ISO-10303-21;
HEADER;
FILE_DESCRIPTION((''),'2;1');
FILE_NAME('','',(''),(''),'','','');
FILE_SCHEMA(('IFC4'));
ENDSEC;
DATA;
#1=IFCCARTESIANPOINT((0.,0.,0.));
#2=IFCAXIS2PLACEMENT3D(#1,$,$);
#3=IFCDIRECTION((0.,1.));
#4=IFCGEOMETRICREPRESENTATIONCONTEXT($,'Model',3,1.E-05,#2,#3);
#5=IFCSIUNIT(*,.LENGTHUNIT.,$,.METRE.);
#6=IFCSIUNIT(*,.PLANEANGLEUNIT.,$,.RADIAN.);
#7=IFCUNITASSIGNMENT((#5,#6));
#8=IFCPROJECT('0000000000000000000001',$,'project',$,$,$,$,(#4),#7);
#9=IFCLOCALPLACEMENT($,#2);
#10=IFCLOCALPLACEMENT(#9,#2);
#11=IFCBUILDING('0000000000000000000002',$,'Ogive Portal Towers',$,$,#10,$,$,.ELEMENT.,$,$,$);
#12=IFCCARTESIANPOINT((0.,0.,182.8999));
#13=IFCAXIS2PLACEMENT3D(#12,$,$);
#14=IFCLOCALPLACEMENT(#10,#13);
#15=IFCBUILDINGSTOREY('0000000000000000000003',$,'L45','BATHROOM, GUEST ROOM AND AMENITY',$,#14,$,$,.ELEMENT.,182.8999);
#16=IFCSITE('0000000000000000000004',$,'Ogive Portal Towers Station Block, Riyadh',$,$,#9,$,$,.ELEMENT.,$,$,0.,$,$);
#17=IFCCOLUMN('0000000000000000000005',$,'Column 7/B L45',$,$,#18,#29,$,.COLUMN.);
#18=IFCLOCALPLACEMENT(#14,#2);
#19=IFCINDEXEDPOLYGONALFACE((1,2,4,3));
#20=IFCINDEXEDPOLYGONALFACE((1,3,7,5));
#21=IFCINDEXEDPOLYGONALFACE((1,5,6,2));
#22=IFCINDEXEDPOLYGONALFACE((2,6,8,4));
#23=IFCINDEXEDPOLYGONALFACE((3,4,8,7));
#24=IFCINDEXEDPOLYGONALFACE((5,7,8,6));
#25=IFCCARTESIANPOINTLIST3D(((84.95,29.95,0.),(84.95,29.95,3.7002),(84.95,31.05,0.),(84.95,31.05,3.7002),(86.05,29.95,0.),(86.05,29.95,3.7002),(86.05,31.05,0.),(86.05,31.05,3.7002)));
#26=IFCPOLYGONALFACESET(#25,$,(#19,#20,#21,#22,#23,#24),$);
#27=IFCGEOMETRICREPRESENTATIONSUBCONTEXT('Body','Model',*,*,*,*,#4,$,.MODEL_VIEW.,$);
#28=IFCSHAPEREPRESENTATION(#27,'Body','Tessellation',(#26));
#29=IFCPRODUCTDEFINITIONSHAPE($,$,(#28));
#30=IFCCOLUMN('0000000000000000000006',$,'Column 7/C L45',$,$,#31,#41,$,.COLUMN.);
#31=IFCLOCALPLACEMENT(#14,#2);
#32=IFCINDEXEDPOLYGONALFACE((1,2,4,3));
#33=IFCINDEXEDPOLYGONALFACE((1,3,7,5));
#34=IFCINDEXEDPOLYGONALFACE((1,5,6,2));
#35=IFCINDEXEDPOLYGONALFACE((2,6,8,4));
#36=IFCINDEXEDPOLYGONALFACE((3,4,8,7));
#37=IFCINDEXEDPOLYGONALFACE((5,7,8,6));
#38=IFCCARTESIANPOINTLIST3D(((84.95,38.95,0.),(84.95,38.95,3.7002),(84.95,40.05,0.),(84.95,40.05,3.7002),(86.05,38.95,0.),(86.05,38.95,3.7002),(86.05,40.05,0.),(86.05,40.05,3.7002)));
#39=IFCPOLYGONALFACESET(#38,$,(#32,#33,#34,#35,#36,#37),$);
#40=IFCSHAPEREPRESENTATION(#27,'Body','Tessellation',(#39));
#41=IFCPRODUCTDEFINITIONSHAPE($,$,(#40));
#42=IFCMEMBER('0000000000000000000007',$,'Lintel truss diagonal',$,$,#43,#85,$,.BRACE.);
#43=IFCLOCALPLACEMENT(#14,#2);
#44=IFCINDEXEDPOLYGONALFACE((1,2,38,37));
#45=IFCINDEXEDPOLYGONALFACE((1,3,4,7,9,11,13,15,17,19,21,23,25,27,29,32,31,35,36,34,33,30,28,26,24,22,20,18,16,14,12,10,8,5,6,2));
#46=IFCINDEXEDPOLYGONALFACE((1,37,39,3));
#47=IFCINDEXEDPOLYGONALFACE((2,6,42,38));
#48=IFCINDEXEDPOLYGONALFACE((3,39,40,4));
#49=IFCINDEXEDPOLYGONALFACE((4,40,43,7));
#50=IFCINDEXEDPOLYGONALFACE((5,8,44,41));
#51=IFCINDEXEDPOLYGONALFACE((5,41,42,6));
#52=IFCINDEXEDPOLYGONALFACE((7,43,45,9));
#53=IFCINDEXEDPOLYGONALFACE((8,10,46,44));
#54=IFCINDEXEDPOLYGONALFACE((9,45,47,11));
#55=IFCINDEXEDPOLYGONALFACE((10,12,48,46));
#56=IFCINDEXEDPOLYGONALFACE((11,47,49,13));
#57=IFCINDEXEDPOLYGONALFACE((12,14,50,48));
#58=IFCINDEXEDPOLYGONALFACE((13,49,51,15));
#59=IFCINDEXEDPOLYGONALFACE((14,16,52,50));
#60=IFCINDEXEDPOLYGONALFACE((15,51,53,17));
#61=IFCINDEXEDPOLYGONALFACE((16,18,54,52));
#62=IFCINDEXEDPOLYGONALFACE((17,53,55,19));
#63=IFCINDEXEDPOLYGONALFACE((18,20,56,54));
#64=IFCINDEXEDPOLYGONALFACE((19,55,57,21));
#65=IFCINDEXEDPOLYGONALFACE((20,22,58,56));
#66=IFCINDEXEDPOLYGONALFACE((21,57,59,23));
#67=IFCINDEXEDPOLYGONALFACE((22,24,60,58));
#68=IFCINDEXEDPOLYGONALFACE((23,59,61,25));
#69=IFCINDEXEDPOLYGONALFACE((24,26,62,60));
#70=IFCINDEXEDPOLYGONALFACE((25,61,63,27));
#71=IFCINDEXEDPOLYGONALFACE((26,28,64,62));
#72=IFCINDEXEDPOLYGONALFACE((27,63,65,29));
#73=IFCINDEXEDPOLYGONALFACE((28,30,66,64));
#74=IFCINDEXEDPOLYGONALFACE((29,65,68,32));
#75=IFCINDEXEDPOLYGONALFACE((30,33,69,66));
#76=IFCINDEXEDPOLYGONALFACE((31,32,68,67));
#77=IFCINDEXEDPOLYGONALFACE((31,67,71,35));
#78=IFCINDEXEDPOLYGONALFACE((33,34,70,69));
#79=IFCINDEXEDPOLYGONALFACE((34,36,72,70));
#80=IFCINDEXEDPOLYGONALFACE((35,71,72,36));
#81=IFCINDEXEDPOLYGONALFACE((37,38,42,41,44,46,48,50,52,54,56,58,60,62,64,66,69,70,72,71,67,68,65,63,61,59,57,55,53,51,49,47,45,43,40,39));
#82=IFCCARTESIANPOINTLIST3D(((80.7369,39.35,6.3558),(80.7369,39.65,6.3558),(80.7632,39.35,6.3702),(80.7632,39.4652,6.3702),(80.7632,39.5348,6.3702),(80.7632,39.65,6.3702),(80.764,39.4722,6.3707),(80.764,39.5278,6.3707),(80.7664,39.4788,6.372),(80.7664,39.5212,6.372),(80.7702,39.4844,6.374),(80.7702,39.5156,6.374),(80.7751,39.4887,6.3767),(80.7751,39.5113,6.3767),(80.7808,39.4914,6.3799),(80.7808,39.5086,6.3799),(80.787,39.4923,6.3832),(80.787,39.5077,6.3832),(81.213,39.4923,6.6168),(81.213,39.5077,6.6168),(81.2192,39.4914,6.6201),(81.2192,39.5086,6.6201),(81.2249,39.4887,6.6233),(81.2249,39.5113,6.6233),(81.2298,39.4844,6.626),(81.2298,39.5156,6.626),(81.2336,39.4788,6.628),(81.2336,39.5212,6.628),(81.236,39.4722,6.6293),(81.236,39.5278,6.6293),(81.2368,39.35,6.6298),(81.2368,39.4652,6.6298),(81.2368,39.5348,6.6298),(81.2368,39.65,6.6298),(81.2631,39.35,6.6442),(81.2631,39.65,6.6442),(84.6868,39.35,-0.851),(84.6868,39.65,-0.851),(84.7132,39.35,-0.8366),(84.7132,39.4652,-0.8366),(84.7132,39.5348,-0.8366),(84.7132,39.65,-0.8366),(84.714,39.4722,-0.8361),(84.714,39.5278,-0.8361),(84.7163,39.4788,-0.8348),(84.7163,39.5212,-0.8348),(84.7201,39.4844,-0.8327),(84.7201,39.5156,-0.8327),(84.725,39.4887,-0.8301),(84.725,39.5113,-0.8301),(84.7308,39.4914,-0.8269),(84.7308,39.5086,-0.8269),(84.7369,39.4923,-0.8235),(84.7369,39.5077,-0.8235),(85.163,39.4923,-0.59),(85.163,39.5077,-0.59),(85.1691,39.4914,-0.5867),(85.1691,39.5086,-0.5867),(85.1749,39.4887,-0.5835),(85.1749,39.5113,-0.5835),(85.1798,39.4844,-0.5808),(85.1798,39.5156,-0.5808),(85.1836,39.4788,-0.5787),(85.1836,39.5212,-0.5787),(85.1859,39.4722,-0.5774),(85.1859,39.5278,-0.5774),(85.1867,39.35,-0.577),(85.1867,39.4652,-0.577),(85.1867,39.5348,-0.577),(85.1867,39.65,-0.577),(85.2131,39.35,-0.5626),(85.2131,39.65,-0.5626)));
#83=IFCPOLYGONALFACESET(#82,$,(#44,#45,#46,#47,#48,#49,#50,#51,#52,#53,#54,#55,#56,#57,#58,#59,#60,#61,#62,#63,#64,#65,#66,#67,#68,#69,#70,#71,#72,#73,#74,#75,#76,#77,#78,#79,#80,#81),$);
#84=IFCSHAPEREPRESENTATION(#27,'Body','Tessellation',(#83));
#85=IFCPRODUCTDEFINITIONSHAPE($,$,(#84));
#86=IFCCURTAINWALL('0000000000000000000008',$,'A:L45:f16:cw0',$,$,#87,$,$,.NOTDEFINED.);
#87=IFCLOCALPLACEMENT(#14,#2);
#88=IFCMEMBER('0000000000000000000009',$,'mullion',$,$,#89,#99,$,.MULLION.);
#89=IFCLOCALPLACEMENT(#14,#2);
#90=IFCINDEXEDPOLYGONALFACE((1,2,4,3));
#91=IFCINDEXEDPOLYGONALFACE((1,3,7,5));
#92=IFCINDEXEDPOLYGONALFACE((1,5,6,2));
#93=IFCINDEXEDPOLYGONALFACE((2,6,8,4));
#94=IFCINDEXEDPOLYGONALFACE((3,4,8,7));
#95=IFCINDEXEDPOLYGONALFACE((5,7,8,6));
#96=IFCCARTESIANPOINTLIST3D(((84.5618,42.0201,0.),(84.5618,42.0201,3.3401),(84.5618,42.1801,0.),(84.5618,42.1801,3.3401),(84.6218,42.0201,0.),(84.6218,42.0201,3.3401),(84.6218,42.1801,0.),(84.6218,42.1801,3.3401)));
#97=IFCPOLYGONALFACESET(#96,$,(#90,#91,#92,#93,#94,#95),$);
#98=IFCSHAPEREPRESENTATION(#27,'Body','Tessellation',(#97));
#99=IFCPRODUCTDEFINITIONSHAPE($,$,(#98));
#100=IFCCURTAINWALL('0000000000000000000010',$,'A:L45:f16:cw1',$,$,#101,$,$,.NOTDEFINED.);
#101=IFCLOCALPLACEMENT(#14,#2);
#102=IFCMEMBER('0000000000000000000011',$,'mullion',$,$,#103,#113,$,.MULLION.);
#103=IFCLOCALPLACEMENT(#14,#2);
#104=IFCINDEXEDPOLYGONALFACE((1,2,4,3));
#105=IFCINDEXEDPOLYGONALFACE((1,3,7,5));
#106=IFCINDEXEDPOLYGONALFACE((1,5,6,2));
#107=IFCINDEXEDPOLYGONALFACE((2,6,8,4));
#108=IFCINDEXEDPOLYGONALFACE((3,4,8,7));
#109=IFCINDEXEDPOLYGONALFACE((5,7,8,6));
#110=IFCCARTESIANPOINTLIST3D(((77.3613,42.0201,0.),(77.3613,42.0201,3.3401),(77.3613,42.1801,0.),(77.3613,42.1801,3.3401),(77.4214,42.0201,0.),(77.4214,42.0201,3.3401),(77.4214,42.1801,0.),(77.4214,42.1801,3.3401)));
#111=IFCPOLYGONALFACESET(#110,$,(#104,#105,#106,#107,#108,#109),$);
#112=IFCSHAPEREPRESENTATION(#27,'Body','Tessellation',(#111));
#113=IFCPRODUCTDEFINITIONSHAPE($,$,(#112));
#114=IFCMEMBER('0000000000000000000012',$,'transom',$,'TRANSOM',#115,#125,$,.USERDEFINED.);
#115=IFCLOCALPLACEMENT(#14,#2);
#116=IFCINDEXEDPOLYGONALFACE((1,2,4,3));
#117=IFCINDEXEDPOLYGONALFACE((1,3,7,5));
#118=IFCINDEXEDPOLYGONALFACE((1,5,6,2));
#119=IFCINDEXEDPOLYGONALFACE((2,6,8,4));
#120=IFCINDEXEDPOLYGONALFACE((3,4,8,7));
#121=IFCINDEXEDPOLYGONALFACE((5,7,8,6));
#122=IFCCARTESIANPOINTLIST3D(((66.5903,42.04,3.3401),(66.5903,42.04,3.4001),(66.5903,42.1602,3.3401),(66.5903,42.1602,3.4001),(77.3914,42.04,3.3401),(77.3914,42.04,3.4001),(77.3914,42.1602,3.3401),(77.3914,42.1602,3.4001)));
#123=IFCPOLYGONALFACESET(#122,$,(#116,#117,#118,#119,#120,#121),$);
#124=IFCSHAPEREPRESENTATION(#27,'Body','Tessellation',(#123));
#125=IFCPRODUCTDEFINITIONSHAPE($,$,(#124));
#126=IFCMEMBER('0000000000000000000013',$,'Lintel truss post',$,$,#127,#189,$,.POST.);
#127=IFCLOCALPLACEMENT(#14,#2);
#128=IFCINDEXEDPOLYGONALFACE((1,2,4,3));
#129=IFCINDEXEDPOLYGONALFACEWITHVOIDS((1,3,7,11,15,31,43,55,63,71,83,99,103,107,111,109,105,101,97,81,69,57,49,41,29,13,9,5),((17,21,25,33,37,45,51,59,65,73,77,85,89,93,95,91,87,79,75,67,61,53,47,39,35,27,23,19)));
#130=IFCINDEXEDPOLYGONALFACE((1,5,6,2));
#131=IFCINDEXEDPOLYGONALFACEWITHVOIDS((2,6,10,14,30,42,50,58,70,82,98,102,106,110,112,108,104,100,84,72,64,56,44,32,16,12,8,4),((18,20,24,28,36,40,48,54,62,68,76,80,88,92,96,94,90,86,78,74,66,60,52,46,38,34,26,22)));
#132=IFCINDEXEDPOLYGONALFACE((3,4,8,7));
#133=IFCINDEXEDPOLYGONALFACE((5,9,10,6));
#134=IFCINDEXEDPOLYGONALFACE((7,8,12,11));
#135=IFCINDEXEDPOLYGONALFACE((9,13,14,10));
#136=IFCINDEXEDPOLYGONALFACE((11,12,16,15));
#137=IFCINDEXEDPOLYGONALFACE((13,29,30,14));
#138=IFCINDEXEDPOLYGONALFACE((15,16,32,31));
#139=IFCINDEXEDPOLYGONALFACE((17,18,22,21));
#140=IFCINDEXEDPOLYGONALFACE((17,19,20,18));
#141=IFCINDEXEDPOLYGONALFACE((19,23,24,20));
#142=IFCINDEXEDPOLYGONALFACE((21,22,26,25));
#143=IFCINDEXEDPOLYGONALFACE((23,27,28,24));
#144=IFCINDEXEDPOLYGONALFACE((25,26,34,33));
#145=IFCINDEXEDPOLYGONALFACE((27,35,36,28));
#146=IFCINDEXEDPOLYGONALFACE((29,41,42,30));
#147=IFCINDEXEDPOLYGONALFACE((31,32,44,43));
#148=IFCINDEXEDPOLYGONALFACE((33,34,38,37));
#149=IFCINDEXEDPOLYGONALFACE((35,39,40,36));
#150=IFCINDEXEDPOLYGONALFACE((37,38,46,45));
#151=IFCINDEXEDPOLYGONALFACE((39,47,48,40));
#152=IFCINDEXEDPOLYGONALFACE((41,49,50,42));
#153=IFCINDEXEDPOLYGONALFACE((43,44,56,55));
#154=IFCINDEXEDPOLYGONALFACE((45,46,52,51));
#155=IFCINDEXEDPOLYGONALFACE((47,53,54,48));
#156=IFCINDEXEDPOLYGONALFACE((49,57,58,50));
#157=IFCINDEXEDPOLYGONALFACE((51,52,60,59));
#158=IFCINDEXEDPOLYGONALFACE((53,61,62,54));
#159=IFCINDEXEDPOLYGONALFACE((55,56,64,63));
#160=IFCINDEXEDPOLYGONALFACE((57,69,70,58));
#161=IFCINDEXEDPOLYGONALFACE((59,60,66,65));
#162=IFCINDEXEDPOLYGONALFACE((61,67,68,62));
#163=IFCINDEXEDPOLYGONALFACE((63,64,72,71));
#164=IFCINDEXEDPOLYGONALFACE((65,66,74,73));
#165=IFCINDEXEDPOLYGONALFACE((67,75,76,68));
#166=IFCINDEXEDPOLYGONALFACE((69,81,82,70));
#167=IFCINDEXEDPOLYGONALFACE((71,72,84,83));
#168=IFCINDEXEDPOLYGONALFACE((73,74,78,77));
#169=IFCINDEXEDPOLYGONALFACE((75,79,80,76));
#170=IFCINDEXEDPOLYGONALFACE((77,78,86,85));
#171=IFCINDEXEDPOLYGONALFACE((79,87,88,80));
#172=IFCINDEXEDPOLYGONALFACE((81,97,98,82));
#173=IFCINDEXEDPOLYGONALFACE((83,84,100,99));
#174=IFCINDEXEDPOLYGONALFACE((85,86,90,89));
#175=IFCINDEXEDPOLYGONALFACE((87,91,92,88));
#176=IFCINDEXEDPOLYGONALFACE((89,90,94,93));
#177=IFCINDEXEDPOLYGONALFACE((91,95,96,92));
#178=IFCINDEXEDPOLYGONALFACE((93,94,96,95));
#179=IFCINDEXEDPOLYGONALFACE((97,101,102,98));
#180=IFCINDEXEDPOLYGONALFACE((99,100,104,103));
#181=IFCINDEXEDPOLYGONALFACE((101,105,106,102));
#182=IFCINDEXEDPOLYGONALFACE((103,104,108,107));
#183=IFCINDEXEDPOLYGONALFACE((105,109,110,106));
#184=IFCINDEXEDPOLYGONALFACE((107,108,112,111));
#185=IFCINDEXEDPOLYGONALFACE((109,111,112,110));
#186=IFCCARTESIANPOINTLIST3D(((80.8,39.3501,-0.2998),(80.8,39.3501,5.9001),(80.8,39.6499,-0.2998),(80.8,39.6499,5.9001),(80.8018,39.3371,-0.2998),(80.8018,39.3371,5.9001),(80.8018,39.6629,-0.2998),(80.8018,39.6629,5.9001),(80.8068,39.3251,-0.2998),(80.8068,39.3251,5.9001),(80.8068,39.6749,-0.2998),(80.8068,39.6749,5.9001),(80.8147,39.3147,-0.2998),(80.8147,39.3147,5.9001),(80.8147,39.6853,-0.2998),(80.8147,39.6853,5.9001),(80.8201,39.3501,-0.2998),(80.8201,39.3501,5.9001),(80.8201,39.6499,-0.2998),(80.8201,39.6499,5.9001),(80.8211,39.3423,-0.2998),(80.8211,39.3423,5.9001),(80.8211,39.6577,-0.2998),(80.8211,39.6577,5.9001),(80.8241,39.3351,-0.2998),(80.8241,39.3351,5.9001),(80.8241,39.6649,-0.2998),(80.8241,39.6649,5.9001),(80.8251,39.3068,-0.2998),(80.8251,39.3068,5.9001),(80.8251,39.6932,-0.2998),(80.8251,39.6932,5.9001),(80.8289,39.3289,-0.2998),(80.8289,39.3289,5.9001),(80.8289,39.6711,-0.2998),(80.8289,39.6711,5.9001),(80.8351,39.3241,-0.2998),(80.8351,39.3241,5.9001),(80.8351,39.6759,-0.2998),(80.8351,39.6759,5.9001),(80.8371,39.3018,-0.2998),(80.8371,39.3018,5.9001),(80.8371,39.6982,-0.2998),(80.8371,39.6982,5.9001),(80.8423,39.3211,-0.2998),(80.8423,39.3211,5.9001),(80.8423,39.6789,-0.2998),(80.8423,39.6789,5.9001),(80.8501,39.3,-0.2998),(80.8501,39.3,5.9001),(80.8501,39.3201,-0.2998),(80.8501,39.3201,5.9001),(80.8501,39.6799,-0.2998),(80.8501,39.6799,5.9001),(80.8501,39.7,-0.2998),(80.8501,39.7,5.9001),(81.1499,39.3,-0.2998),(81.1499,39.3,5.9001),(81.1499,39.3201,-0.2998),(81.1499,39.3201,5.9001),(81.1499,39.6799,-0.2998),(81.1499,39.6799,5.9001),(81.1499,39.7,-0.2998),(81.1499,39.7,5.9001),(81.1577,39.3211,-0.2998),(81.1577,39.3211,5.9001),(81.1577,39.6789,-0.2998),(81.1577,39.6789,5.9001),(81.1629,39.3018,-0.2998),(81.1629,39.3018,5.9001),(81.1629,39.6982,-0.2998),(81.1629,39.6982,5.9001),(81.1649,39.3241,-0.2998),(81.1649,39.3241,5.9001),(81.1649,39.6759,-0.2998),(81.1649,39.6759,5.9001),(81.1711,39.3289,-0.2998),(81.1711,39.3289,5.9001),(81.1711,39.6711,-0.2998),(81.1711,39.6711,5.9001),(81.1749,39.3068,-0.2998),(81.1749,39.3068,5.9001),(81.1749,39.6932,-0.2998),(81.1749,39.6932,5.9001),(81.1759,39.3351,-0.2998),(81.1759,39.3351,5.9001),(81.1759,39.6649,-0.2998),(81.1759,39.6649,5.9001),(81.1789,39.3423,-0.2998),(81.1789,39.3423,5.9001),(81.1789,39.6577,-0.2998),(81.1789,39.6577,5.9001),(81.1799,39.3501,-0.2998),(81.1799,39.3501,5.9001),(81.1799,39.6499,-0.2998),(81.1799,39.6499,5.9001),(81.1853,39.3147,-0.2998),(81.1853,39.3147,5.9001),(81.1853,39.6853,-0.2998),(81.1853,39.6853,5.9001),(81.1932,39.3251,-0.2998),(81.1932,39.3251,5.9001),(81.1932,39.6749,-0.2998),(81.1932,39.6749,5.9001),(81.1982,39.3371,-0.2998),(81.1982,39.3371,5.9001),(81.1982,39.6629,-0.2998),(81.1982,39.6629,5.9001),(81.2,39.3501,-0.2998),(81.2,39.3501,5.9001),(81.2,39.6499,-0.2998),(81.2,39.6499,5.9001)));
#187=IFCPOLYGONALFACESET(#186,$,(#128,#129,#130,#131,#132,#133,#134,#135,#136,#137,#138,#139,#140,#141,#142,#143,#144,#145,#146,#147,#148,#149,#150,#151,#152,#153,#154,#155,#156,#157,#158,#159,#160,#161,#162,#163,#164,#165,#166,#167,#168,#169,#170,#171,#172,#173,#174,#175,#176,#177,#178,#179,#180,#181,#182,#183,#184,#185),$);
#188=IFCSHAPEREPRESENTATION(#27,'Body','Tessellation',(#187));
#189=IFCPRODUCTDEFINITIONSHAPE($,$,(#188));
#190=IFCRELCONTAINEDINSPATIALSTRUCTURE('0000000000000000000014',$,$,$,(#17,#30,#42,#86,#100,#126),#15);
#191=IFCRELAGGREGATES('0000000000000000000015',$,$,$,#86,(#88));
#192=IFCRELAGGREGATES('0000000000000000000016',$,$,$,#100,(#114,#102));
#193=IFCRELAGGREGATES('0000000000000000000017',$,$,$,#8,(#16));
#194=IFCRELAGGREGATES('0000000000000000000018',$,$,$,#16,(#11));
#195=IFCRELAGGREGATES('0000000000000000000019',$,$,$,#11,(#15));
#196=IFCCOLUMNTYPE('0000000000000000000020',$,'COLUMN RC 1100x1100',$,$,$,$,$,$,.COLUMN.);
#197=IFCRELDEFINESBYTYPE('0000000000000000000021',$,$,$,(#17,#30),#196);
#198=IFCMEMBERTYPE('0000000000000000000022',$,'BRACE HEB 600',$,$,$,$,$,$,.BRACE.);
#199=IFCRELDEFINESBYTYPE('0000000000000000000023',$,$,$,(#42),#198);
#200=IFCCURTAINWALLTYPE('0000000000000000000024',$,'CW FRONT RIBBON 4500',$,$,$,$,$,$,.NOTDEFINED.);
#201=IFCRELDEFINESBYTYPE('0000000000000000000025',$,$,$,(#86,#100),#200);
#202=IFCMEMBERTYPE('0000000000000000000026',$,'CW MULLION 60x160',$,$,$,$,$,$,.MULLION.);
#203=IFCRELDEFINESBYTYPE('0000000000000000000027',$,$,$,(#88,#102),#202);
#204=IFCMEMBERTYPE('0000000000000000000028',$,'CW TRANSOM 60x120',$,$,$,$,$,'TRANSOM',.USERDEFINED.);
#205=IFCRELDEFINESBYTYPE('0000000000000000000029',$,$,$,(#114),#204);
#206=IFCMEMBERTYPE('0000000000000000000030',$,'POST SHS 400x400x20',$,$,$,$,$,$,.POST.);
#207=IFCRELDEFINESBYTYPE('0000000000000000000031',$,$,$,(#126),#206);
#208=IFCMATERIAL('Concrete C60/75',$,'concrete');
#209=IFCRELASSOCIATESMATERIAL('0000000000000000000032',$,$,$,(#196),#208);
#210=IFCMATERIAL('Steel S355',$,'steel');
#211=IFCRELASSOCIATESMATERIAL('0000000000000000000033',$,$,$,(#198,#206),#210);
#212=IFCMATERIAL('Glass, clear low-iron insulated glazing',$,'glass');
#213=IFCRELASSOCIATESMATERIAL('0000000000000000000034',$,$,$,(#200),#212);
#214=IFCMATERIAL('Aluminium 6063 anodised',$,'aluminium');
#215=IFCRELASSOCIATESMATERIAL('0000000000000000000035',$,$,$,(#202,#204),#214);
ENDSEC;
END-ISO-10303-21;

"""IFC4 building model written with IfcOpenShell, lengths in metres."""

from ifc_helpers import new_model, si_unit, direction, frame, origin, origin_2d, place, context, subcontext, project, spatial, rectangle, hollow_rectangle, i_section, extrude, material, material_profile, profile_set, type_object, element, aggregate, save


model = new_model("IFC4")

# Units and contexts
model_context = context("Model", 3, precision=1e-05, world=origin(), true_north=direction((0.0, 1.0)))
body_context = subcontext(model_context, "Body", "Model", "MODEL_VIEW")
ifc_project = project(units=[si_unit("LENGTHUNIT", "METRE"), si_unit("PLANEANGLEUNIT", "RADIAN")], contexts=[model_context])

# Site, building, storey
site_placement = place(None, origin())
site = spatial("IfcSite", under=ifc_project, at=site_placement, Name="Ogive Portal Towers Station Block, Riyadh", CompositionType="ELEMENT", RefElevation=0.0)
building_placement = place(site_placement, origin())
building = spatial("IfcBuilding", under=site, at=building_placement, Name="Ogive Portal Towers", CompositionType="ELEMENT")
storey_placement = place(building_placement, frame((0.0, 0.0, 182.8999)))
storey = spatial("IfcBuildingStorey", under=building, at=storey_placement, Name="L45", Description="BATHROOM, GUEST ROOM AND AMENITY", CompositionType="ELEMENT", Elevation=182.8999)

# Columns
ifc_material_1 = material(Name="Concrete C60/75", Category="concrete")
ifc_material_profile_1 = material_profile(ifc_material_1, rectangle(XDim=1.1001, YDim=1.1001, at=origin_2d()), Name="RC 1100x1100")
ifc_profile_set_1 = profile_set([ifc_material_profile_1], Name="Concrete C60/75")
column_type = type_object("IfcColumnType", Name="COLUMN RC 1100x1100", PredefinedType="COLUMN", material=ifc_profile_set_1)
for number, where, z_axis, x_axis, name in (
    (1, (85.5, 30.5, 0.0), (0.0, 0.0, 1.0), (1.0, 0.0, 0.0), "Column 7/B L45"),
    (2, (85.5, 39.5, 0.0), (0.0, 0.0, 1.0), (1.0, 0.0, 0.0), "Column 7/C L45"),
):
    element("IfcColumn", number, at=place(storey_placement, frame(where, z_axis=z_axis, x_axis=x_axis)), inside=storey, type_object=column_type, Name=name, PredefinedType="COLUMN", context=body_context, shape_type="SweptSolid", body=[
        extrude(rectangle(XDim=1.1001, YDim=1.1001, at=origin_2d()), origin(), (0.0, 0.0, 1.0), 3.7002),
    ])

# Member
ifc_material_2 = material(Name="Steel S355", Category="steel")
ifc_material_profile_2 = material_profile(ifc_material_2, i_section(OverallWidth=0.3, OverallDepth=0.6001, WebThickness=0.0154, FlangeThickness=0.03, FilletRadius=0.0271, at=origin_2d()), Name="HEB 600")
ifc_profile_set_2 = profile_set([ifc_material_profile_2], Name="Steel S355")
member_type_1 = type_object("IfcMemberType", Name="BRACE HEB 600", PredefinedType="BRACE", material=ifc_profile_set_2)
member_1_placement = place(storey_placement, frame((81.0, 39.5, 6.5), z_axis=(0.480631, 0.0, -0.876923), x_axis=(0.0, 1.0, 0.0)))
element("IfcMember", 3, at=member_1_placement, inside=storey, type_object=member_type_1, Name="Lintel truss diagonal", PredefinedType="BRACE", context=body_context, shape_type="SweptSolid", body=[
    extrude(i_section(OverallWidth=0.3, OverallDepth=0.6001, WebThickness=0.0154, FlangeThickness=0.03, FilletRadius=0.0271, at=origin_2d()), origin(), (0.0, 0.0, 1.0), 8.2183),
])

# Curtain wall, member
ifc_material_3 = material(Name="Glass, clear low-iron insulated glazing", Category="glass")
curtain_wall_type = type_object("IfcCurtainWallType", Name="CW FRONT RIBBON 4500", PredefinedType="NOTDEFINED", material=ifc_material_3)
curtain_wall_1_placement = place(storey_placement, origin())
curtain_wall_1 = element("IfcCurtainWall", 4, at=curtain_wall_1_placement, inside=storey, type_object=curtain_wall_type, Name="A:L45:f16:cw0", PredefinedType="NOTDEFINED")
ifc_material_4 = material(Name="Aluminium 6063 anodised", Category="aluminium")
ifc_material_profile_3 = material_profile(ifc_material_4, rectangle(XDim=0.1599, YDim=0.0601, at=origin_2d()), Name="AL 60x160")
ifc_profile_set_3 = profile_set([ifc_material_profile_3], Name="Aluminium 6063 anodised")
member_type_2 = type_object("IfcMemberType", Name="CW MULLION 60x160", PredefinedType="MULLION", material=ifc_profile_set_3)
member_2_placement = place(storey_placement, frame((84.5918, 42.1001, 0.0), z_axis=(0.0, 0.0, 1.0), x_axis=(0.0, -1.0, 0.0)))
member_2 = element("IfcMember", 5, at=member_2_placement, type_object=member_type_2, Name="mullion", PredefinedType="MULLION", context=body_context, shape_type="SweptSolid", body=[
    extrude(rectangle(XDim=0.1599, YDim=0.0601, at=origin_2d()), origin(), (0.0, 0.0, 1.0), 3.3401),
])
aggregate(curtain_wall_1, [member_2])

# Curtain wall, members
curtain_wall_2_placement = place(storey_placement, origin())
curtain_wall_2 = element("IfcCurtainWall", 6, at=curtain_wall_2_placement, inside=storey, type_object=curtain_wall_type, Name="A:L45:f16:cw1", PredefinedType="NOTDEFINED")
member_3_placement = place(storey_placement, frame((77.3914, 42.1001, 0.0), z_axis=(0.0, 0.0, 1.0), x_axis=(0.0, -1.0, 0.0)))
member_3 = element("IfcMember", 7, at=member_3_placement, type_object=member_type_2, Name="mullion", PredefinedType="MULLION", context=body_context, shape_type="SweptSolid", body=[
    extrude(rectangle(XDim=0.1599, YDim=0.0601, at=origin_2d()), origin(), (0.0, 0.0, 1.0), 3.3401),
])
ifc_material_profile_4 = material_profile(ifc_material_4, rectangle(XDim=0.1201, YDim=0.0601, at=origin_2d()), Name="AL 120x60")
ifc_profile_set_4 = profile_set([ifc_material_profile_4], Name="Aluminium 6063 anodised")
member_type_3 = type_object("IfcMemberType", Name="CW TRANSOM 60x120", ElementType="TRANSOM", PredefinedType="USERDEFINED", material=ifc_profile_set_4)
member_4_placement = place(storey_placement, frame((77.3914, 42.1001, 3.3701), z_axis=(-1.0, 0.0, 0.0), x_axis=(0.0, -1.0, 0.0)))
member_4 = element("IfcMember", 8, at=member_4_placement, type_object=member_type_3, Name="transom", ObjectType="TRANSOM", PredefinedType="USERDEFINED", context=body_context, shape_type="SweptSolid", body=[
    extrude(rectangle(XDim=0.1201, YDim=0.0601, at=origin_2d()), origin(), (0.0, 0.0, 1.0), 10.801),
])
aggregate(curtain_wall_2, [member_4, member_3])

# Member
ifc_material_profile_5 = material_profile(ifc_material_2, hollow_rectangle(XDim=0.3999, YDim=0.3999, WallThickness=0.02, InnerFilletRadius=0.03, OuterFilletRadius=0.05, at=origin_2d()), Name="SHS 400x400x20")
ifc_profile_set_5 = profile_set([ifc_material_profile_5], Name="Steel S355")
member_type_4 = type_object("IfcMemberType", Name="POST SHS 400x400x20", PredefinedType="POST", material=ifc_profile_set_5)
member_5_placement = place(storey_placement, frame((81.0, 39.5, -0.2998), z_axis=(0.0, 0.0, 1.0), x_axis=(1.0, 0.0, 0.0)))
element("IfcMember", 9, at=member_5_placement, inside=storey, type_object=member_type_4, Name="Lintel truss post", PredefinedType="POST", context=body_context, shape_type="SweptSolid", body=[
    extrude(hollow_rectangle(XDim=0.3999, YDim=0.3999, WallThickness=0.02, InnerFilletRadius=0.03, OuterFilletRadius=0.05, at=origin_2d()), origin(), (0.0, 0.0, 1.0), 6.2),
])

save(model, "model.ifc")
